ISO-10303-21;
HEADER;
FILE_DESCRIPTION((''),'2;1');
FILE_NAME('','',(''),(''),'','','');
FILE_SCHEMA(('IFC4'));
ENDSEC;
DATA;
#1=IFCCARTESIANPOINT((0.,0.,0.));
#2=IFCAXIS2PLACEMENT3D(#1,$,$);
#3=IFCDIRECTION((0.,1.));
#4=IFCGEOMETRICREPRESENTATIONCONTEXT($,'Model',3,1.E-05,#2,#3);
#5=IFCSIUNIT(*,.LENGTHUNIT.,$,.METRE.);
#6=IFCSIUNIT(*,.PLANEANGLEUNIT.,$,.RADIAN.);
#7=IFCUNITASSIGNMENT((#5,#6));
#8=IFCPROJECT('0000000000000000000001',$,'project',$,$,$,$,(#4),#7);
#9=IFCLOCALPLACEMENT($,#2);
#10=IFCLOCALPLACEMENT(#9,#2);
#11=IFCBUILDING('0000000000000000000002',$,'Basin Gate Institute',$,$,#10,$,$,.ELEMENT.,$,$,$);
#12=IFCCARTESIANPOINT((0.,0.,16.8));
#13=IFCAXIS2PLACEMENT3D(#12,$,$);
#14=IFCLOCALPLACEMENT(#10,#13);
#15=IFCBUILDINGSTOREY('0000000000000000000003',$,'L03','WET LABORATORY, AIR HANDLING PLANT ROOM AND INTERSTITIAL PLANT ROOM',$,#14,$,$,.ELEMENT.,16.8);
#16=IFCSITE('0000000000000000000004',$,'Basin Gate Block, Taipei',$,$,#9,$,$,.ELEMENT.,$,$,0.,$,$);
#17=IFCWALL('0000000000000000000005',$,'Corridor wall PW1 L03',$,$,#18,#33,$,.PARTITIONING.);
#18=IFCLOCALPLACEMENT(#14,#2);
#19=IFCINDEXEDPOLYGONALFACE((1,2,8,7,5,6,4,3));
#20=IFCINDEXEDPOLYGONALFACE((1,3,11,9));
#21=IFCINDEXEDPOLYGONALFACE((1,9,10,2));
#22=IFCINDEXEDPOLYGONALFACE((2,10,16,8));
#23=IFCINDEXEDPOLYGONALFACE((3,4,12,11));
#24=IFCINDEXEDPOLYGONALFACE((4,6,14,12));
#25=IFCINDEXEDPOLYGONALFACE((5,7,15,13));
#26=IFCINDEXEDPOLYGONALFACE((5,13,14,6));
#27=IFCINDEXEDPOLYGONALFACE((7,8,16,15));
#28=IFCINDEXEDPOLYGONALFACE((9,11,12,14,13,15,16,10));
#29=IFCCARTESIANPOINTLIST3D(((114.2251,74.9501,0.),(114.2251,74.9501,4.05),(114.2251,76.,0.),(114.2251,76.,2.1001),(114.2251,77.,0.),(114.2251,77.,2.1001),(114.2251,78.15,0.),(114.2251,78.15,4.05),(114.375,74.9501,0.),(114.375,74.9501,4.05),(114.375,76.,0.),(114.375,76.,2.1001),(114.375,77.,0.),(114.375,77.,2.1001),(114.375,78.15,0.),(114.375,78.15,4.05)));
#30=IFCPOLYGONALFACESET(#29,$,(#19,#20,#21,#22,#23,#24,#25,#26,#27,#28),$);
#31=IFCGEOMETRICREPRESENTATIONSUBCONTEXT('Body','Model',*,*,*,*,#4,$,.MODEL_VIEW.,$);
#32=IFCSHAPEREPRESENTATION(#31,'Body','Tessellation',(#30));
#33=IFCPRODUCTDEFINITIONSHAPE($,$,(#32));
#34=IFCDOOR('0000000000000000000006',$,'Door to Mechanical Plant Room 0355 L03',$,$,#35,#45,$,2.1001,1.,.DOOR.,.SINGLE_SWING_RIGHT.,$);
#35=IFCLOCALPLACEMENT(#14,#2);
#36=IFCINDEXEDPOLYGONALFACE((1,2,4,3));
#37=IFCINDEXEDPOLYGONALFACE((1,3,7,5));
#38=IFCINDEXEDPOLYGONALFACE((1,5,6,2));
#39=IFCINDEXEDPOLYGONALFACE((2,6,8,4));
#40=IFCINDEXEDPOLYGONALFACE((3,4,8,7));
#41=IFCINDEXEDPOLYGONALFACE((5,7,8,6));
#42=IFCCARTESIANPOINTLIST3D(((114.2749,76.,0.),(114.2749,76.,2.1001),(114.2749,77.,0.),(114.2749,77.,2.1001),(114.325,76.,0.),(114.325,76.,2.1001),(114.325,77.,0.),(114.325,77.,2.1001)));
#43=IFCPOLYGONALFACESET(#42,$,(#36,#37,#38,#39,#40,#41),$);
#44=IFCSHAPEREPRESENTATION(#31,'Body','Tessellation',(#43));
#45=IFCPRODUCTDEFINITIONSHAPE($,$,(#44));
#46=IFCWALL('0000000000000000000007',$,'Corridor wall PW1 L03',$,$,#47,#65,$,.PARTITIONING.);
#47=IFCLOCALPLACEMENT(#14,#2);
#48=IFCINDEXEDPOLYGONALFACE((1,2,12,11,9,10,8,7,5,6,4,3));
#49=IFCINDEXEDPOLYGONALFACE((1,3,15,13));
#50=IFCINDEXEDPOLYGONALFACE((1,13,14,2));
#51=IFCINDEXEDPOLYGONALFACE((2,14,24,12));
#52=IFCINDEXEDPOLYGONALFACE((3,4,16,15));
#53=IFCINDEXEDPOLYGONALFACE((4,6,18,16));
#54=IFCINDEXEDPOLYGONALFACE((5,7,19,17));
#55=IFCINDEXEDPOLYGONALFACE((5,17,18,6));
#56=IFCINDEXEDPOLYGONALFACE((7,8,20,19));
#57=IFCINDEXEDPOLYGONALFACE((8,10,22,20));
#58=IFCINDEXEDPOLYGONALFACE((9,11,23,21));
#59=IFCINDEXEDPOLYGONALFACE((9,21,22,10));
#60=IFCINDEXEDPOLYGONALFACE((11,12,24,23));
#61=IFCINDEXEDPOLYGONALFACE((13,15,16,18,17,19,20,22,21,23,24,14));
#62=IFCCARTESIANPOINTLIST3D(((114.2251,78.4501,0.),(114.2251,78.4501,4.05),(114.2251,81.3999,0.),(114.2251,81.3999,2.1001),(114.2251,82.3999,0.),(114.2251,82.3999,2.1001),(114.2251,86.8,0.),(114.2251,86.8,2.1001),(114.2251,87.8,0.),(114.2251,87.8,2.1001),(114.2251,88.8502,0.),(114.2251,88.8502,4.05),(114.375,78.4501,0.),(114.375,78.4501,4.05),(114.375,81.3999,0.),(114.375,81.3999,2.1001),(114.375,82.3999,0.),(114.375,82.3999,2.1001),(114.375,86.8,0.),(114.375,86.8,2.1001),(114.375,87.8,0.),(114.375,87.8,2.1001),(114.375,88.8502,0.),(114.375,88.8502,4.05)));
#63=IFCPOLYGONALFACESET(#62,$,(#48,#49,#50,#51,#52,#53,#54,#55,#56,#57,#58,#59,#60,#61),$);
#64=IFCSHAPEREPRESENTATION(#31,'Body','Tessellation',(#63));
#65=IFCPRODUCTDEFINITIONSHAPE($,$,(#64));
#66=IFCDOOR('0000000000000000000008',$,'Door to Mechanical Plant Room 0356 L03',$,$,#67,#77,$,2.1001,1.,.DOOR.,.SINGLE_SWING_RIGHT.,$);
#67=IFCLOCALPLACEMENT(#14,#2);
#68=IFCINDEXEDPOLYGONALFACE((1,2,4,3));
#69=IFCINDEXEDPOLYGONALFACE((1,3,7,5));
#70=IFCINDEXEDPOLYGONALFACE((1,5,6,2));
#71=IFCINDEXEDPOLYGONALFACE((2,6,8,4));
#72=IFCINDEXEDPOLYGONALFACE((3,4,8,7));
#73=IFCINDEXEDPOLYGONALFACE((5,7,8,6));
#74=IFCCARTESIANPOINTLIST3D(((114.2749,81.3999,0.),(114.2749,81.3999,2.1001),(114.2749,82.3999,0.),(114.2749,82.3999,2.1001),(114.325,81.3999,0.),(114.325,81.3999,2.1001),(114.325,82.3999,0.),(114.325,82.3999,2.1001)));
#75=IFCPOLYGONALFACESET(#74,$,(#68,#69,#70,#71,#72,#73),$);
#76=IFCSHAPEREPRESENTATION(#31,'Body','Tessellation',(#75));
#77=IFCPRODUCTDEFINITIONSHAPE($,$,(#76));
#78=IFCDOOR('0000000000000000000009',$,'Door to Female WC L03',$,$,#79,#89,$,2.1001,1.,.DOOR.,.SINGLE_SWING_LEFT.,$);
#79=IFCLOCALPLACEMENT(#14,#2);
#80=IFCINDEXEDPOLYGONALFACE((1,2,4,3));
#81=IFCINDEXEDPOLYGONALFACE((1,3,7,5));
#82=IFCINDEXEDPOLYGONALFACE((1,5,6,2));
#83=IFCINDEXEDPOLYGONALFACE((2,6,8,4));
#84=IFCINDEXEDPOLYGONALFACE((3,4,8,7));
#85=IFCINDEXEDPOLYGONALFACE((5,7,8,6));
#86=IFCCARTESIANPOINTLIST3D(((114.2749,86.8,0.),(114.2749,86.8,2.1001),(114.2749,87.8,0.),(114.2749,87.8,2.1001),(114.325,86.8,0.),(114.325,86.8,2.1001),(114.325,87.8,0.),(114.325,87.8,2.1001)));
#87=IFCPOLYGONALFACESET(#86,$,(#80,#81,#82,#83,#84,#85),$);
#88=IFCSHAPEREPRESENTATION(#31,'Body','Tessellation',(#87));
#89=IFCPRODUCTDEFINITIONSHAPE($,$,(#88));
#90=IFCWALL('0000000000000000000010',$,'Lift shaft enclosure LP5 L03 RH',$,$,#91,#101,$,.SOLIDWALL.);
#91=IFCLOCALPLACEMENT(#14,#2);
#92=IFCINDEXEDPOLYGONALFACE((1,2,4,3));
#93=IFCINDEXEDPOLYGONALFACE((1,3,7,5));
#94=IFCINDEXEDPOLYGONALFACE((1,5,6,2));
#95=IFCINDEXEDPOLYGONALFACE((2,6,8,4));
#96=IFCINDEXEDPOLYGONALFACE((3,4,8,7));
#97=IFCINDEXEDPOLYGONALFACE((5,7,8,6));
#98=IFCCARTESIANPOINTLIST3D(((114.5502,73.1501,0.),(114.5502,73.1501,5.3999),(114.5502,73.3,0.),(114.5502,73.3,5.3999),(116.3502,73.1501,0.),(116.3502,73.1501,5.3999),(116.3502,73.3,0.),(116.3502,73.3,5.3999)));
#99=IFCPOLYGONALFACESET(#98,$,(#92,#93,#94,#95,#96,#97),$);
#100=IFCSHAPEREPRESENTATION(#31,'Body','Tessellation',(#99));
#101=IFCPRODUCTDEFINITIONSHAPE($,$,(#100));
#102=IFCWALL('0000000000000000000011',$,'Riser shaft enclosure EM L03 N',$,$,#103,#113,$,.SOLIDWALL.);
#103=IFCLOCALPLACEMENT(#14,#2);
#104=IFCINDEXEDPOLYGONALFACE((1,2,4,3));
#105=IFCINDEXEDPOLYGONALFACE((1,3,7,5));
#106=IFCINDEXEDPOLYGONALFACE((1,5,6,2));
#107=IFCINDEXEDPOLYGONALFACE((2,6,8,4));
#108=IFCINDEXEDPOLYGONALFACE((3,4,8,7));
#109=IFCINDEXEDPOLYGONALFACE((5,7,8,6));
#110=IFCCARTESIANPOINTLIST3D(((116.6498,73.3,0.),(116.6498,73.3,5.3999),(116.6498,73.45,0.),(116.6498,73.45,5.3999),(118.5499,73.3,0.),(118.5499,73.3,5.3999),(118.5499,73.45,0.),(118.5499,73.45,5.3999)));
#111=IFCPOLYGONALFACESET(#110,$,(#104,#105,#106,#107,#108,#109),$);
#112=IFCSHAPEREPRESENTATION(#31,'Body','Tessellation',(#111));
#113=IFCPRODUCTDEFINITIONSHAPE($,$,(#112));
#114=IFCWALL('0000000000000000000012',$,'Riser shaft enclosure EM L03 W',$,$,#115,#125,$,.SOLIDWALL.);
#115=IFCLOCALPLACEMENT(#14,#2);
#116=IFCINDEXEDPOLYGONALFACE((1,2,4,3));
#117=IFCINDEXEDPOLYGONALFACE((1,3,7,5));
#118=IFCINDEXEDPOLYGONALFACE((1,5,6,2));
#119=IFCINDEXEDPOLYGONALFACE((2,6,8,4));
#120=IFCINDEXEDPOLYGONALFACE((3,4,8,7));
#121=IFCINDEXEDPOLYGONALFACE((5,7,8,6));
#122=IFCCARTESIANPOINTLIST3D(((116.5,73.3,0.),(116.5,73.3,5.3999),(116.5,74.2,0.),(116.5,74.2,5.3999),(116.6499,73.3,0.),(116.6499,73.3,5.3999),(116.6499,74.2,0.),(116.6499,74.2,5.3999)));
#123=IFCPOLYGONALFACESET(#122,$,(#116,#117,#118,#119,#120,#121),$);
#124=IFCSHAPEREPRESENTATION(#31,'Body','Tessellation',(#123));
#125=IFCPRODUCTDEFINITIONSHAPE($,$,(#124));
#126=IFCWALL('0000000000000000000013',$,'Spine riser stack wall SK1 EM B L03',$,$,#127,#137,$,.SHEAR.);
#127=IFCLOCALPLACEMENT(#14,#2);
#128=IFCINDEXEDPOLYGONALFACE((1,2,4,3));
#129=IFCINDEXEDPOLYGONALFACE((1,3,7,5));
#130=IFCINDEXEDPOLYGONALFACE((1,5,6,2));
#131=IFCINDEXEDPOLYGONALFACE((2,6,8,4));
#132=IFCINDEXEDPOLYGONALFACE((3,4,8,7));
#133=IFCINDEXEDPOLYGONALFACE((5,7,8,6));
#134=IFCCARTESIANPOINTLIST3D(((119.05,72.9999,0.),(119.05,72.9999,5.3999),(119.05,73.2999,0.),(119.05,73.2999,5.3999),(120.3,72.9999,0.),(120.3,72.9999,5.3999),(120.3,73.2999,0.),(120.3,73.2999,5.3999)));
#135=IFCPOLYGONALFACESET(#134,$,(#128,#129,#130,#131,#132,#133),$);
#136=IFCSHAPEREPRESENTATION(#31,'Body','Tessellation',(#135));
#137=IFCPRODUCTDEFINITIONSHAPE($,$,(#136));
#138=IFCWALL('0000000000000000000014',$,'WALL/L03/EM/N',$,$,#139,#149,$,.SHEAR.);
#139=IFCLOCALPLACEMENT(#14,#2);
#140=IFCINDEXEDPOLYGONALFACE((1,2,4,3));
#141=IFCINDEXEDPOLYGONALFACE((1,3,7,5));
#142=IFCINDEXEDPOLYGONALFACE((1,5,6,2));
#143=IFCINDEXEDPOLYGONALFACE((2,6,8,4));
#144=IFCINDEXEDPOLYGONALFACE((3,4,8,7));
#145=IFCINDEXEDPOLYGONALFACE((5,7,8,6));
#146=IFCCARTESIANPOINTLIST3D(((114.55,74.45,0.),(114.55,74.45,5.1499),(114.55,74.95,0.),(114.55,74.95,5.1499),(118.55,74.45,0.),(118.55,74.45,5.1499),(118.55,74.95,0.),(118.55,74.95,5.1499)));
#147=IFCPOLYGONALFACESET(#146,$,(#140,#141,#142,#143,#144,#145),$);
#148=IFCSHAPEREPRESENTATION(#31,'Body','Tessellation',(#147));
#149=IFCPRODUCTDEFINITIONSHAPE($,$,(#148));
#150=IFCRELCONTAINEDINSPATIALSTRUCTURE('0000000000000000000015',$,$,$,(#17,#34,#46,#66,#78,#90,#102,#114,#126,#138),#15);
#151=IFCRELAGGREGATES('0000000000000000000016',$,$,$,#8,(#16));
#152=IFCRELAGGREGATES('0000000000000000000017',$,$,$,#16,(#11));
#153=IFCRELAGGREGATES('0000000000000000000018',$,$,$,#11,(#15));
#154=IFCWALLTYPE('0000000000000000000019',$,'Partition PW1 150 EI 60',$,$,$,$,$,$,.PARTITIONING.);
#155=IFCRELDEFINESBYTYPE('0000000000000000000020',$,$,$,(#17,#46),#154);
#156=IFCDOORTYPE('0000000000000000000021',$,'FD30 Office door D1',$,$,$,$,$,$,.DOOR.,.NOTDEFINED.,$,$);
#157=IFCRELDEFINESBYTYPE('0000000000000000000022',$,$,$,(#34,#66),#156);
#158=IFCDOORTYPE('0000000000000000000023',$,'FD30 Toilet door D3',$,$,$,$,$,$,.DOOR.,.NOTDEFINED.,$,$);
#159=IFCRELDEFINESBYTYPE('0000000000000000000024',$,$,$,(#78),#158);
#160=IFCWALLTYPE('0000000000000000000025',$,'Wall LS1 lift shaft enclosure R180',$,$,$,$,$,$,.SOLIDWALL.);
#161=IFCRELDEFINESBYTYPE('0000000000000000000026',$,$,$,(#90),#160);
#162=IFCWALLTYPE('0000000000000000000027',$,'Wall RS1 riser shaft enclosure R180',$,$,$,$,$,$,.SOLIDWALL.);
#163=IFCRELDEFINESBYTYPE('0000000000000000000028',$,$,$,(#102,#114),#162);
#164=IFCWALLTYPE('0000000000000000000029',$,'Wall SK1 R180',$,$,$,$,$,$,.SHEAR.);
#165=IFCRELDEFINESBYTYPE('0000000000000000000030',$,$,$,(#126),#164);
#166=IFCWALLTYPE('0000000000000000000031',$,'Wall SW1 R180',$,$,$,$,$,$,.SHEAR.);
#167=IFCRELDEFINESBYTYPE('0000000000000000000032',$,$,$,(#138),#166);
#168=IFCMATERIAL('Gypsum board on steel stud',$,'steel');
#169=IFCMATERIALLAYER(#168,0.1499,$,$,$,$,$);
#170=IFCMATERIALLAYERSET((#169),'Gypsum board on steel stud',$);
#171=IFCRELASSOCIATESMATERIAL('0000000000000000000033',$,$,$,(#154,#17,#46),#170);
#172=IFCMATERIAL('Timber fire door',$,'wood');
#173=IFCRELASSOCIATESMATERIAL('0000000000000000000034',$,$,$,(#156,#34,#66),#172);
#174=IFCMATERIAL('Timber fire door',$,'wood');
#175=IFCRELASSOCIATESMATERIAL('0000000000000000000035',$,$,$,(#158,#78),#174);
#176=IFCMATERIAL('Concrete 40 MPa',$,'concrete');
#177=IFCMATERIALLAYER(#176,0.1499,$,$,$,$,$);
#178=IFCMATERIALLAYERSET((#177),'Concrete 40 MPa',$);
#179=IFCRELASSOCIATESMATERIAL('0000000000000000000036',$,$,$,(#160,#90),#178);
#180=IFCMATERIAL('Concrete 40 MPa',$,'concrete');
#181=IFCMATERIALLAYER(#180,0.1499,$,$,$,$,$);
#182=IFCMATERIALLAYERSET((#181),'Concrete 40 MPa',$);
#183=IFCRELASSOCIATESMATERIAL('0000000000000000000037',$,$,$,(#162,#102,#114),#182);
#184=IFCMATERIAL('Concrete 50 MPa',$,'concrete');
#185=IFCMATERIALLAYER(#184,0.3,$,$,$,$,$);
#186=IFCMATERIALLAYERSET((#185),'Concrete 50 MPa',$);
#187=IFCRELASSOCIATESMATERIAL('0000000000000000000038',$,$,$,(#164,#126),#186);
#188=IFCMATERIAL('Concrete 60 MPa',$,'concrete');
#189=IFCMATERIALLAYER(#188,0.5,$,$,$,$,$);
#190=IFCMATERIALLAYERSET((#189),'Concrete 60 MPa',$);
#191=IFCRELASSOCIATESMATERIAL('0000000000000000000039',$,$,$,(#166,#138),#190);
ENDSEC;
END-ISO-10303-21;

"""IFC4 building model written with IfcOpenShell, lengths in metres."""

from ifc_helpers import new_model, si_unit, direction, frame, frame_2d, origin, place, context, subcontext, project, spatial, rectangle, extrude, material, layer, layer_set, type_object, element, fill, save


model = new_model("IFC4")

# Units and contexts
model_context = context("Model", 3, precision=1e-05, world=origin(), true_north=direction((0.0, 1.0)))
body_context = subcontext(model_context, "Body", "Model", "MODEL_VIEW")
ifc_project = project(units=[si_unit("LENGTHUNIT", "METRE"), si_unit("PLANEANGLEUNIT", "RADIAN")], contexts=[model_context])

# Site, building, storey
site_placement = place(None, origin())
site = spatial("IfcSite", under=ifc_project, at=site_placement, Name="Basin Gate Block, Taipei", CompositionType="ELEMENT", RefElevation=0.0)
building_placement = place(site_placement, origin())
building = spatial("IfcBuilding", under=site, at=building_placement, Name="Basin Gate Institute", CompositionType="ELEMENT")
storey_placement = place(building_placement, frame((0.0, 0.0, 16.8)))
storey = spatial("IfcBuildingStorey", under=building, at=storey_placement, Name="L03", Description="WET LABORATORY, AIR HANDLING PLANT ROOM AND INTERSTITIAL PLANT ROOM", CompositionType="ELEMENT", Elevation=16.8)

# Wall, opening, door
ifc_material_1 = material(Name="Gypsum board on steel stud", Category="steel")
ifc_layer_1 = layer(ifc_material_1, 0.1499)
ifc_layer_set_1 = layer_set([ifc_layer_1], Name="Gypsum board on steel stud")
wall_type_1 = type_object("IfcWallType", Name="Partition PW1 150 EI 60", PredefinedType="PARTITIONING", material=ifc_layer_set_1)
wall_1_placement = place(storey_placement, frame((114.3, 74.95, 0.0), z_axis=(0.0, 0.0, 1.0), x_axis=(0.0, 1.0, 0.0)))
wall_1 = element("IfcWall", 1, at=wall_1_placement, inside=storey, type_object=wall_type_1, material=ifc_layer_set_1, Name="Corridor wall PW1 L03", PredefinedType="PARTITIONING", context=body_context, shape_type="SweptSolid", body=[
    extrude(rectangle(XDim=3.2, YDim=0.1499, at=frame_2d((1.6001, 0.0))), origin(), (0.0, 0.0, 1.0), 4.05),
])
opening_1_placement = place(wall_1_placement, frame((1.05, 0.0, 0.0)))
opening_1 = element("IfcOpeningElement", 2, at=opening_1_placement, cuts=wall_1, PredefinedType="OPENING", context=body_context, shape_type="SweptSolid", body=[
    extrude(rectangle(XDim=1.0, YDim=2.1001, at=frame_2d((0.5, 1.05))), frame((0.0, 0.085, 0.0), z_axis=(0.0, -1.0, 0.0), x_axis=(1.0, 0.0, 0.0)), (0.0, 0.0, 1.0), 0.1699),
])
ifc_material_2 = material(Name="Timber fire door", Category="wood")
door_type_1 = type_object("IfcDoorType", Name="FD30 Office door D1", OperationType="NOTDEFINED", PredefinedType="DOOR", material=ifc_material_2)
door_1_placement = place(opening_1_placement, frame((1.0, 0.0, 0.0), z_axis=(0.0, 0.0, 1.0), x_axis=(-1.0, 0.0, 0.0)))
door_1 = element("IfcDoor", 3, at=door_1_placement, inside=storey, type_object=door_type_1, material=ifc_material_2, Name="Door to Mechanical Plant Room 0355 L03", OperationType="SINGLE_SWING_RIGHT", OverallHeight=2.1001, OverallWidth=1.0, PredefinedType="DOOR", context=body_context, shape_type="SweptSolid", body=[
    extrude(rectangle(XDim=1.0, YDim=2.1001, at=frame_2d((0.5, 1.05))), frame((0.0, 0.0249, 0.0), z_axis=(0.0, -1.0, 0.0), x_axis=(1.0, 0.0, 0.0)), (0.0, 0.0, 1.0), 0.05),
])
fill(opening_1, door_1)

# Wall, openings, doors
wall_2_placement = place(storey_placement, frame((114.3, 78.45, 0.0), z_axis=(0.0, 0.0, 1.0), x_axis=(0.0, 1.0, 0.0)))
wall_2 = element("IfcWall", 4, at=wall_2_placement, inside=storey, type_object=wall_type_1, material=ifc_layer_set_1, Name="Corridor wall PW1 L03", PredefinedType="PARTITIONING", context=body_context, shape_type="SweptSolid", body=[
    extrude(rectangle(XDim=10.4001, YDim=0.1499, at=frame_2d((5.2002, 0.0))), origin(), (0.0, 0.0, 1.0), 4.05),
])
opening_2_placement = place(wall_2_placement, frame((8.3501, 0.0, 0.0)))
opening_2 = element("IfcOpeningElement", 5, at=opening_2_placement, cuts=wall_2, PredefinedType="OPENING", context=body_context, shape_type="SweptSolid", body=[
    extrude(rectangle(XDim=1.0, YDim=2.1001, at=frame_2d((0.5, 1.05))), frame((0.0, 0.085, 0.0), z_axis=(0.0, -1.0, 0.0), x_axis=(1.0, 0.0, 0.0)), (0.0, 0.0, 1.0), 0.1699),
])
opening_3_placement = place(wall_2_placement, frame((2.95, 0.0, 0.0)))
opening_3 = element("IfcOpeningElement", 6, at=opening_3_placement, cuts=wall_2, PredefinedType="OPENING", context=body_context, shape_type="SweptSolid", body=[
    extrude(rectangle(XDim=1.0, YDim=2.1001, at=frame_2d((0.5, 1.05))), frame((0.0, 0.085, 0.0), z_axis=(0.0, -1.0, 0.0), x_axis=(1.0, 0.0, 0.0)), (0.0, 0.0, 1.0), 0.1699),
])
door_2_placement = place(opening_3_placement, frame((1.0, 0.0, 0.0), z_axis=(0.0, 0.0, 1.0), x_axis=(-1.0, 0.0, 0.0)))
door_2 = element("IfcDoor", 7, at=door_2_placement, inside=storey, type_object=door_type_1, material=ifc_material_2, Name="Door to Mechanical Plant Room 0356 L03", OperationType="SINGLE_SWING_RIGHT", OverallHeight=2.1001, OverallWidth=1.0, PredefinedType="DOOR", context=body_context, shape_type="SweptSolid", body=[
    extrude(rectangle(XDim=1.0, YDim=2.1001, at=frame_2d((0.5, 1.05))), frame((0.0, 0.0249, 0.0), z_axis=(0.0, -1.0, 0.0), x_axis=(1.0, 0.0, 0.0)), (0.0, 0.0, 1.0), 0.05),
])
fill(opening_3, door_2)
ifc_material_3 = material(Name="Timber fire door", Category="wood")
door_type_2 = type_object("IfcDoorType", Name="FD30 Toilet door D3", OperationType="NOTDEFINED", PredefinedType="DOOR", material=ifc_material_3)
door_3_placement = place(opening_2_placement, frame((1.0, 0.0, 0.0), z_axis=(0.0, 0.0, 1.0), x_axis=(-1.0, 0.0, 0.0)))
door_3 = element("IfcDoor", 8, at=door_3_placement, inside=storey, type_object=door_type_2, material=ifc_material_3, Name="Door to Female WC L03", OperationType="SINGLE_SWING_LEFT", OverallHeight=2.1001, OverallWidth=1.0, PredefinedType="DOOR", context=body_context, shape_type="SweptSolid", body=[
    extrude(rectangle(XDim=1.0, YDim=2.1001, at=frame_2d((0.5, 1.05))), frame((0.0, 0.0249, 0.0), z_axis=(0.0, -1.0, 0.0), x_axis=(1.0, 0.0, 0.0)), (0.0, 0.0, 1.0), 0.05),
])
fill(opening_2, door_3)

# Walls
ifc_material_4 = material(Name="Concrete 40 MPa", Category="concrete")
ifc_layer_2 = layer(ifc_material_4, 0.1499)
ifc_layer_set_2 = layer_set([ifc_layer_2], Name="Concrete 40 MPa")
wall_type_2 = type_object("IfcWallType", Name="Wall LS1 lift shaft enclosure R180", PredefinedType="SOLIDWALL", material=ifc_layer_set_2)
wall_3_placement = place(storey_placement, frame((116.3501, 73.2251, 0.0), z_axis=(0.0, 0.0, 1.0), x_axis=(-1.0, 0.0, 0.0)))
element("IfcWall", 9, at=wall_3_placement, inside=storey, type_object=wall_type_2, material=ifc_layer_set_2, Name="Lift shaft enclosure LP5 L03 RH", PredefinedType="SOLIDWALL", context=body_context, shape_type="SweptSolid", body=[
    extrude(rectangle(XDim=1.8, YDim=0.1499, at=frame_2d((0.8999, 0.0))), origin(), (0.0, 0.0, 1.0), 5.3999),
])
ifc_material_5 = material(Name="Concrete 40 MPa", Category="concrete")
ifc_layer_3 = layer(ifc_material_5, 0.1499)
ifc_layer_set_3 = layer_set([ifc_layer_3], Name="Concrete 40 MPa")
wall_type_3 = type_object("IfcWallType", Name="Wall RS1 riser shaft enclosure R180", PredefinedType="SOLIDWALL", material=ifc_layer_set_3)
wall_4_placement = place(storey_placement, frame((118.55, 73.375, 0.0), z_axis=(0.0, 0.0, 1.0), x_axis=(-1.0, 0.0, 0.0)))
element("IfcWall", 10, at=wall_4_placement, inside=storey, type_object=wall_type_3, material=ifc_layer_set_3, Name="Riser shaft enclosure EM L03 N", PredefinedType="SOLIDWALL", context=body_context, shape_type="SweptSolid", body=[
    extrude(rectangle(XDim=1.9001, YDim=0.1499, at=frame_2d((0.9502, 0.0))), origin(), (0.0, 0.0, 1.0), 5.3999),
])
wall_5_placement = place(storey_placement, frame((116.575, 73.3, 0.0), z_axis=(0.0, 0.0, 1.0), x_axis=(0.0, 1.0, 0.0)))
element("IfcWall", 11, at=wall_5_placement, inside=storey, type_object=wall_type_3, material=ifc_layer_set_3, Name="Riser shaft enclosure EM L03 W", PredefinedType="SOLIDWALL", context=body_context, shape_type="SweptSolid", body=[
    extrude(rectangle(XDim=0.8999, YDim=0.1499, at=frame_2d((0.45, 0.0))), origin(), (0.0, 0.0, 1.0), 5.3999),
])
ifc_material_6 = material(Name="Concrete 50 MPa", Category="concrete")
ifc_layer_4 = layer(ifc_material_6, 0.3)
ifc_layer_set_4 = layer_set([ifc_layer_4], Name="Concrete 50 MPa")
wall_type_4 = type_object("IfcWallType", Name="Wall SK1 R180", PredefinedType="SHEAR", material=ifc_layer_set_4)
wall_6_placement = place(storey_placement, frame((119.05, 73.1499, 0.0), z_axis=(0.0, 0.0, 1.0), x_axis=(1.0, 0.0, 0.0)))
element("IfcWall", 12, at=wall_6_placement, inside=storey, type_object=wall_type_4, material=ifc_layer_set_4, Name="Spine riser stack wall SK1 EM B L03", PredefinedType="SHEAR", context=body_context, shape_type="SweptSolid", body=[
    extrude(rectangle(XDim=1.25, YDim=0.3, at=frame_2d((0.625, 0.0))), origin(), (0.0, 0.0, 1.0), 5.3999),
])
ifc_material_7 = material(Name="Concrete 60 MPa", Category="concrete")
ifc_layer_5 = layer(ifc_material_7, 0.5)
ifc_layer_set_5 = layer_set([ifc_layer_5], Name="Concrete 60 MPa")
wall_type_5 = type_object("IfcWallType", Name="Wall SW1 R180", PredefinedType="SHEAR", material=ifc_layer_set_5)
wall_7_placement = place(storey_placement, frame((118.55, 74.7, 0.0), z_axis=(0.0, 0.0, 1.0), x_axis=(-1.0, 0.0, 0.0)))
element("IfcWall", 13, at=wall_7_placement, inside=storey, type_object=wall_type_5, material=ifc_layer_set_5, Name="WALL/L03/EM/N", PredefinedType="SHEAR", context=body_context, shape_type="SweptSolid", body=[
    extrude(rectangle(XDim=4.0, YDim=0.5, at=frame_2d((2.0, 0.0))), origin(), (0.0, 0.0, 1.0), 5.1499),
])

save(model, "model.ifc")
